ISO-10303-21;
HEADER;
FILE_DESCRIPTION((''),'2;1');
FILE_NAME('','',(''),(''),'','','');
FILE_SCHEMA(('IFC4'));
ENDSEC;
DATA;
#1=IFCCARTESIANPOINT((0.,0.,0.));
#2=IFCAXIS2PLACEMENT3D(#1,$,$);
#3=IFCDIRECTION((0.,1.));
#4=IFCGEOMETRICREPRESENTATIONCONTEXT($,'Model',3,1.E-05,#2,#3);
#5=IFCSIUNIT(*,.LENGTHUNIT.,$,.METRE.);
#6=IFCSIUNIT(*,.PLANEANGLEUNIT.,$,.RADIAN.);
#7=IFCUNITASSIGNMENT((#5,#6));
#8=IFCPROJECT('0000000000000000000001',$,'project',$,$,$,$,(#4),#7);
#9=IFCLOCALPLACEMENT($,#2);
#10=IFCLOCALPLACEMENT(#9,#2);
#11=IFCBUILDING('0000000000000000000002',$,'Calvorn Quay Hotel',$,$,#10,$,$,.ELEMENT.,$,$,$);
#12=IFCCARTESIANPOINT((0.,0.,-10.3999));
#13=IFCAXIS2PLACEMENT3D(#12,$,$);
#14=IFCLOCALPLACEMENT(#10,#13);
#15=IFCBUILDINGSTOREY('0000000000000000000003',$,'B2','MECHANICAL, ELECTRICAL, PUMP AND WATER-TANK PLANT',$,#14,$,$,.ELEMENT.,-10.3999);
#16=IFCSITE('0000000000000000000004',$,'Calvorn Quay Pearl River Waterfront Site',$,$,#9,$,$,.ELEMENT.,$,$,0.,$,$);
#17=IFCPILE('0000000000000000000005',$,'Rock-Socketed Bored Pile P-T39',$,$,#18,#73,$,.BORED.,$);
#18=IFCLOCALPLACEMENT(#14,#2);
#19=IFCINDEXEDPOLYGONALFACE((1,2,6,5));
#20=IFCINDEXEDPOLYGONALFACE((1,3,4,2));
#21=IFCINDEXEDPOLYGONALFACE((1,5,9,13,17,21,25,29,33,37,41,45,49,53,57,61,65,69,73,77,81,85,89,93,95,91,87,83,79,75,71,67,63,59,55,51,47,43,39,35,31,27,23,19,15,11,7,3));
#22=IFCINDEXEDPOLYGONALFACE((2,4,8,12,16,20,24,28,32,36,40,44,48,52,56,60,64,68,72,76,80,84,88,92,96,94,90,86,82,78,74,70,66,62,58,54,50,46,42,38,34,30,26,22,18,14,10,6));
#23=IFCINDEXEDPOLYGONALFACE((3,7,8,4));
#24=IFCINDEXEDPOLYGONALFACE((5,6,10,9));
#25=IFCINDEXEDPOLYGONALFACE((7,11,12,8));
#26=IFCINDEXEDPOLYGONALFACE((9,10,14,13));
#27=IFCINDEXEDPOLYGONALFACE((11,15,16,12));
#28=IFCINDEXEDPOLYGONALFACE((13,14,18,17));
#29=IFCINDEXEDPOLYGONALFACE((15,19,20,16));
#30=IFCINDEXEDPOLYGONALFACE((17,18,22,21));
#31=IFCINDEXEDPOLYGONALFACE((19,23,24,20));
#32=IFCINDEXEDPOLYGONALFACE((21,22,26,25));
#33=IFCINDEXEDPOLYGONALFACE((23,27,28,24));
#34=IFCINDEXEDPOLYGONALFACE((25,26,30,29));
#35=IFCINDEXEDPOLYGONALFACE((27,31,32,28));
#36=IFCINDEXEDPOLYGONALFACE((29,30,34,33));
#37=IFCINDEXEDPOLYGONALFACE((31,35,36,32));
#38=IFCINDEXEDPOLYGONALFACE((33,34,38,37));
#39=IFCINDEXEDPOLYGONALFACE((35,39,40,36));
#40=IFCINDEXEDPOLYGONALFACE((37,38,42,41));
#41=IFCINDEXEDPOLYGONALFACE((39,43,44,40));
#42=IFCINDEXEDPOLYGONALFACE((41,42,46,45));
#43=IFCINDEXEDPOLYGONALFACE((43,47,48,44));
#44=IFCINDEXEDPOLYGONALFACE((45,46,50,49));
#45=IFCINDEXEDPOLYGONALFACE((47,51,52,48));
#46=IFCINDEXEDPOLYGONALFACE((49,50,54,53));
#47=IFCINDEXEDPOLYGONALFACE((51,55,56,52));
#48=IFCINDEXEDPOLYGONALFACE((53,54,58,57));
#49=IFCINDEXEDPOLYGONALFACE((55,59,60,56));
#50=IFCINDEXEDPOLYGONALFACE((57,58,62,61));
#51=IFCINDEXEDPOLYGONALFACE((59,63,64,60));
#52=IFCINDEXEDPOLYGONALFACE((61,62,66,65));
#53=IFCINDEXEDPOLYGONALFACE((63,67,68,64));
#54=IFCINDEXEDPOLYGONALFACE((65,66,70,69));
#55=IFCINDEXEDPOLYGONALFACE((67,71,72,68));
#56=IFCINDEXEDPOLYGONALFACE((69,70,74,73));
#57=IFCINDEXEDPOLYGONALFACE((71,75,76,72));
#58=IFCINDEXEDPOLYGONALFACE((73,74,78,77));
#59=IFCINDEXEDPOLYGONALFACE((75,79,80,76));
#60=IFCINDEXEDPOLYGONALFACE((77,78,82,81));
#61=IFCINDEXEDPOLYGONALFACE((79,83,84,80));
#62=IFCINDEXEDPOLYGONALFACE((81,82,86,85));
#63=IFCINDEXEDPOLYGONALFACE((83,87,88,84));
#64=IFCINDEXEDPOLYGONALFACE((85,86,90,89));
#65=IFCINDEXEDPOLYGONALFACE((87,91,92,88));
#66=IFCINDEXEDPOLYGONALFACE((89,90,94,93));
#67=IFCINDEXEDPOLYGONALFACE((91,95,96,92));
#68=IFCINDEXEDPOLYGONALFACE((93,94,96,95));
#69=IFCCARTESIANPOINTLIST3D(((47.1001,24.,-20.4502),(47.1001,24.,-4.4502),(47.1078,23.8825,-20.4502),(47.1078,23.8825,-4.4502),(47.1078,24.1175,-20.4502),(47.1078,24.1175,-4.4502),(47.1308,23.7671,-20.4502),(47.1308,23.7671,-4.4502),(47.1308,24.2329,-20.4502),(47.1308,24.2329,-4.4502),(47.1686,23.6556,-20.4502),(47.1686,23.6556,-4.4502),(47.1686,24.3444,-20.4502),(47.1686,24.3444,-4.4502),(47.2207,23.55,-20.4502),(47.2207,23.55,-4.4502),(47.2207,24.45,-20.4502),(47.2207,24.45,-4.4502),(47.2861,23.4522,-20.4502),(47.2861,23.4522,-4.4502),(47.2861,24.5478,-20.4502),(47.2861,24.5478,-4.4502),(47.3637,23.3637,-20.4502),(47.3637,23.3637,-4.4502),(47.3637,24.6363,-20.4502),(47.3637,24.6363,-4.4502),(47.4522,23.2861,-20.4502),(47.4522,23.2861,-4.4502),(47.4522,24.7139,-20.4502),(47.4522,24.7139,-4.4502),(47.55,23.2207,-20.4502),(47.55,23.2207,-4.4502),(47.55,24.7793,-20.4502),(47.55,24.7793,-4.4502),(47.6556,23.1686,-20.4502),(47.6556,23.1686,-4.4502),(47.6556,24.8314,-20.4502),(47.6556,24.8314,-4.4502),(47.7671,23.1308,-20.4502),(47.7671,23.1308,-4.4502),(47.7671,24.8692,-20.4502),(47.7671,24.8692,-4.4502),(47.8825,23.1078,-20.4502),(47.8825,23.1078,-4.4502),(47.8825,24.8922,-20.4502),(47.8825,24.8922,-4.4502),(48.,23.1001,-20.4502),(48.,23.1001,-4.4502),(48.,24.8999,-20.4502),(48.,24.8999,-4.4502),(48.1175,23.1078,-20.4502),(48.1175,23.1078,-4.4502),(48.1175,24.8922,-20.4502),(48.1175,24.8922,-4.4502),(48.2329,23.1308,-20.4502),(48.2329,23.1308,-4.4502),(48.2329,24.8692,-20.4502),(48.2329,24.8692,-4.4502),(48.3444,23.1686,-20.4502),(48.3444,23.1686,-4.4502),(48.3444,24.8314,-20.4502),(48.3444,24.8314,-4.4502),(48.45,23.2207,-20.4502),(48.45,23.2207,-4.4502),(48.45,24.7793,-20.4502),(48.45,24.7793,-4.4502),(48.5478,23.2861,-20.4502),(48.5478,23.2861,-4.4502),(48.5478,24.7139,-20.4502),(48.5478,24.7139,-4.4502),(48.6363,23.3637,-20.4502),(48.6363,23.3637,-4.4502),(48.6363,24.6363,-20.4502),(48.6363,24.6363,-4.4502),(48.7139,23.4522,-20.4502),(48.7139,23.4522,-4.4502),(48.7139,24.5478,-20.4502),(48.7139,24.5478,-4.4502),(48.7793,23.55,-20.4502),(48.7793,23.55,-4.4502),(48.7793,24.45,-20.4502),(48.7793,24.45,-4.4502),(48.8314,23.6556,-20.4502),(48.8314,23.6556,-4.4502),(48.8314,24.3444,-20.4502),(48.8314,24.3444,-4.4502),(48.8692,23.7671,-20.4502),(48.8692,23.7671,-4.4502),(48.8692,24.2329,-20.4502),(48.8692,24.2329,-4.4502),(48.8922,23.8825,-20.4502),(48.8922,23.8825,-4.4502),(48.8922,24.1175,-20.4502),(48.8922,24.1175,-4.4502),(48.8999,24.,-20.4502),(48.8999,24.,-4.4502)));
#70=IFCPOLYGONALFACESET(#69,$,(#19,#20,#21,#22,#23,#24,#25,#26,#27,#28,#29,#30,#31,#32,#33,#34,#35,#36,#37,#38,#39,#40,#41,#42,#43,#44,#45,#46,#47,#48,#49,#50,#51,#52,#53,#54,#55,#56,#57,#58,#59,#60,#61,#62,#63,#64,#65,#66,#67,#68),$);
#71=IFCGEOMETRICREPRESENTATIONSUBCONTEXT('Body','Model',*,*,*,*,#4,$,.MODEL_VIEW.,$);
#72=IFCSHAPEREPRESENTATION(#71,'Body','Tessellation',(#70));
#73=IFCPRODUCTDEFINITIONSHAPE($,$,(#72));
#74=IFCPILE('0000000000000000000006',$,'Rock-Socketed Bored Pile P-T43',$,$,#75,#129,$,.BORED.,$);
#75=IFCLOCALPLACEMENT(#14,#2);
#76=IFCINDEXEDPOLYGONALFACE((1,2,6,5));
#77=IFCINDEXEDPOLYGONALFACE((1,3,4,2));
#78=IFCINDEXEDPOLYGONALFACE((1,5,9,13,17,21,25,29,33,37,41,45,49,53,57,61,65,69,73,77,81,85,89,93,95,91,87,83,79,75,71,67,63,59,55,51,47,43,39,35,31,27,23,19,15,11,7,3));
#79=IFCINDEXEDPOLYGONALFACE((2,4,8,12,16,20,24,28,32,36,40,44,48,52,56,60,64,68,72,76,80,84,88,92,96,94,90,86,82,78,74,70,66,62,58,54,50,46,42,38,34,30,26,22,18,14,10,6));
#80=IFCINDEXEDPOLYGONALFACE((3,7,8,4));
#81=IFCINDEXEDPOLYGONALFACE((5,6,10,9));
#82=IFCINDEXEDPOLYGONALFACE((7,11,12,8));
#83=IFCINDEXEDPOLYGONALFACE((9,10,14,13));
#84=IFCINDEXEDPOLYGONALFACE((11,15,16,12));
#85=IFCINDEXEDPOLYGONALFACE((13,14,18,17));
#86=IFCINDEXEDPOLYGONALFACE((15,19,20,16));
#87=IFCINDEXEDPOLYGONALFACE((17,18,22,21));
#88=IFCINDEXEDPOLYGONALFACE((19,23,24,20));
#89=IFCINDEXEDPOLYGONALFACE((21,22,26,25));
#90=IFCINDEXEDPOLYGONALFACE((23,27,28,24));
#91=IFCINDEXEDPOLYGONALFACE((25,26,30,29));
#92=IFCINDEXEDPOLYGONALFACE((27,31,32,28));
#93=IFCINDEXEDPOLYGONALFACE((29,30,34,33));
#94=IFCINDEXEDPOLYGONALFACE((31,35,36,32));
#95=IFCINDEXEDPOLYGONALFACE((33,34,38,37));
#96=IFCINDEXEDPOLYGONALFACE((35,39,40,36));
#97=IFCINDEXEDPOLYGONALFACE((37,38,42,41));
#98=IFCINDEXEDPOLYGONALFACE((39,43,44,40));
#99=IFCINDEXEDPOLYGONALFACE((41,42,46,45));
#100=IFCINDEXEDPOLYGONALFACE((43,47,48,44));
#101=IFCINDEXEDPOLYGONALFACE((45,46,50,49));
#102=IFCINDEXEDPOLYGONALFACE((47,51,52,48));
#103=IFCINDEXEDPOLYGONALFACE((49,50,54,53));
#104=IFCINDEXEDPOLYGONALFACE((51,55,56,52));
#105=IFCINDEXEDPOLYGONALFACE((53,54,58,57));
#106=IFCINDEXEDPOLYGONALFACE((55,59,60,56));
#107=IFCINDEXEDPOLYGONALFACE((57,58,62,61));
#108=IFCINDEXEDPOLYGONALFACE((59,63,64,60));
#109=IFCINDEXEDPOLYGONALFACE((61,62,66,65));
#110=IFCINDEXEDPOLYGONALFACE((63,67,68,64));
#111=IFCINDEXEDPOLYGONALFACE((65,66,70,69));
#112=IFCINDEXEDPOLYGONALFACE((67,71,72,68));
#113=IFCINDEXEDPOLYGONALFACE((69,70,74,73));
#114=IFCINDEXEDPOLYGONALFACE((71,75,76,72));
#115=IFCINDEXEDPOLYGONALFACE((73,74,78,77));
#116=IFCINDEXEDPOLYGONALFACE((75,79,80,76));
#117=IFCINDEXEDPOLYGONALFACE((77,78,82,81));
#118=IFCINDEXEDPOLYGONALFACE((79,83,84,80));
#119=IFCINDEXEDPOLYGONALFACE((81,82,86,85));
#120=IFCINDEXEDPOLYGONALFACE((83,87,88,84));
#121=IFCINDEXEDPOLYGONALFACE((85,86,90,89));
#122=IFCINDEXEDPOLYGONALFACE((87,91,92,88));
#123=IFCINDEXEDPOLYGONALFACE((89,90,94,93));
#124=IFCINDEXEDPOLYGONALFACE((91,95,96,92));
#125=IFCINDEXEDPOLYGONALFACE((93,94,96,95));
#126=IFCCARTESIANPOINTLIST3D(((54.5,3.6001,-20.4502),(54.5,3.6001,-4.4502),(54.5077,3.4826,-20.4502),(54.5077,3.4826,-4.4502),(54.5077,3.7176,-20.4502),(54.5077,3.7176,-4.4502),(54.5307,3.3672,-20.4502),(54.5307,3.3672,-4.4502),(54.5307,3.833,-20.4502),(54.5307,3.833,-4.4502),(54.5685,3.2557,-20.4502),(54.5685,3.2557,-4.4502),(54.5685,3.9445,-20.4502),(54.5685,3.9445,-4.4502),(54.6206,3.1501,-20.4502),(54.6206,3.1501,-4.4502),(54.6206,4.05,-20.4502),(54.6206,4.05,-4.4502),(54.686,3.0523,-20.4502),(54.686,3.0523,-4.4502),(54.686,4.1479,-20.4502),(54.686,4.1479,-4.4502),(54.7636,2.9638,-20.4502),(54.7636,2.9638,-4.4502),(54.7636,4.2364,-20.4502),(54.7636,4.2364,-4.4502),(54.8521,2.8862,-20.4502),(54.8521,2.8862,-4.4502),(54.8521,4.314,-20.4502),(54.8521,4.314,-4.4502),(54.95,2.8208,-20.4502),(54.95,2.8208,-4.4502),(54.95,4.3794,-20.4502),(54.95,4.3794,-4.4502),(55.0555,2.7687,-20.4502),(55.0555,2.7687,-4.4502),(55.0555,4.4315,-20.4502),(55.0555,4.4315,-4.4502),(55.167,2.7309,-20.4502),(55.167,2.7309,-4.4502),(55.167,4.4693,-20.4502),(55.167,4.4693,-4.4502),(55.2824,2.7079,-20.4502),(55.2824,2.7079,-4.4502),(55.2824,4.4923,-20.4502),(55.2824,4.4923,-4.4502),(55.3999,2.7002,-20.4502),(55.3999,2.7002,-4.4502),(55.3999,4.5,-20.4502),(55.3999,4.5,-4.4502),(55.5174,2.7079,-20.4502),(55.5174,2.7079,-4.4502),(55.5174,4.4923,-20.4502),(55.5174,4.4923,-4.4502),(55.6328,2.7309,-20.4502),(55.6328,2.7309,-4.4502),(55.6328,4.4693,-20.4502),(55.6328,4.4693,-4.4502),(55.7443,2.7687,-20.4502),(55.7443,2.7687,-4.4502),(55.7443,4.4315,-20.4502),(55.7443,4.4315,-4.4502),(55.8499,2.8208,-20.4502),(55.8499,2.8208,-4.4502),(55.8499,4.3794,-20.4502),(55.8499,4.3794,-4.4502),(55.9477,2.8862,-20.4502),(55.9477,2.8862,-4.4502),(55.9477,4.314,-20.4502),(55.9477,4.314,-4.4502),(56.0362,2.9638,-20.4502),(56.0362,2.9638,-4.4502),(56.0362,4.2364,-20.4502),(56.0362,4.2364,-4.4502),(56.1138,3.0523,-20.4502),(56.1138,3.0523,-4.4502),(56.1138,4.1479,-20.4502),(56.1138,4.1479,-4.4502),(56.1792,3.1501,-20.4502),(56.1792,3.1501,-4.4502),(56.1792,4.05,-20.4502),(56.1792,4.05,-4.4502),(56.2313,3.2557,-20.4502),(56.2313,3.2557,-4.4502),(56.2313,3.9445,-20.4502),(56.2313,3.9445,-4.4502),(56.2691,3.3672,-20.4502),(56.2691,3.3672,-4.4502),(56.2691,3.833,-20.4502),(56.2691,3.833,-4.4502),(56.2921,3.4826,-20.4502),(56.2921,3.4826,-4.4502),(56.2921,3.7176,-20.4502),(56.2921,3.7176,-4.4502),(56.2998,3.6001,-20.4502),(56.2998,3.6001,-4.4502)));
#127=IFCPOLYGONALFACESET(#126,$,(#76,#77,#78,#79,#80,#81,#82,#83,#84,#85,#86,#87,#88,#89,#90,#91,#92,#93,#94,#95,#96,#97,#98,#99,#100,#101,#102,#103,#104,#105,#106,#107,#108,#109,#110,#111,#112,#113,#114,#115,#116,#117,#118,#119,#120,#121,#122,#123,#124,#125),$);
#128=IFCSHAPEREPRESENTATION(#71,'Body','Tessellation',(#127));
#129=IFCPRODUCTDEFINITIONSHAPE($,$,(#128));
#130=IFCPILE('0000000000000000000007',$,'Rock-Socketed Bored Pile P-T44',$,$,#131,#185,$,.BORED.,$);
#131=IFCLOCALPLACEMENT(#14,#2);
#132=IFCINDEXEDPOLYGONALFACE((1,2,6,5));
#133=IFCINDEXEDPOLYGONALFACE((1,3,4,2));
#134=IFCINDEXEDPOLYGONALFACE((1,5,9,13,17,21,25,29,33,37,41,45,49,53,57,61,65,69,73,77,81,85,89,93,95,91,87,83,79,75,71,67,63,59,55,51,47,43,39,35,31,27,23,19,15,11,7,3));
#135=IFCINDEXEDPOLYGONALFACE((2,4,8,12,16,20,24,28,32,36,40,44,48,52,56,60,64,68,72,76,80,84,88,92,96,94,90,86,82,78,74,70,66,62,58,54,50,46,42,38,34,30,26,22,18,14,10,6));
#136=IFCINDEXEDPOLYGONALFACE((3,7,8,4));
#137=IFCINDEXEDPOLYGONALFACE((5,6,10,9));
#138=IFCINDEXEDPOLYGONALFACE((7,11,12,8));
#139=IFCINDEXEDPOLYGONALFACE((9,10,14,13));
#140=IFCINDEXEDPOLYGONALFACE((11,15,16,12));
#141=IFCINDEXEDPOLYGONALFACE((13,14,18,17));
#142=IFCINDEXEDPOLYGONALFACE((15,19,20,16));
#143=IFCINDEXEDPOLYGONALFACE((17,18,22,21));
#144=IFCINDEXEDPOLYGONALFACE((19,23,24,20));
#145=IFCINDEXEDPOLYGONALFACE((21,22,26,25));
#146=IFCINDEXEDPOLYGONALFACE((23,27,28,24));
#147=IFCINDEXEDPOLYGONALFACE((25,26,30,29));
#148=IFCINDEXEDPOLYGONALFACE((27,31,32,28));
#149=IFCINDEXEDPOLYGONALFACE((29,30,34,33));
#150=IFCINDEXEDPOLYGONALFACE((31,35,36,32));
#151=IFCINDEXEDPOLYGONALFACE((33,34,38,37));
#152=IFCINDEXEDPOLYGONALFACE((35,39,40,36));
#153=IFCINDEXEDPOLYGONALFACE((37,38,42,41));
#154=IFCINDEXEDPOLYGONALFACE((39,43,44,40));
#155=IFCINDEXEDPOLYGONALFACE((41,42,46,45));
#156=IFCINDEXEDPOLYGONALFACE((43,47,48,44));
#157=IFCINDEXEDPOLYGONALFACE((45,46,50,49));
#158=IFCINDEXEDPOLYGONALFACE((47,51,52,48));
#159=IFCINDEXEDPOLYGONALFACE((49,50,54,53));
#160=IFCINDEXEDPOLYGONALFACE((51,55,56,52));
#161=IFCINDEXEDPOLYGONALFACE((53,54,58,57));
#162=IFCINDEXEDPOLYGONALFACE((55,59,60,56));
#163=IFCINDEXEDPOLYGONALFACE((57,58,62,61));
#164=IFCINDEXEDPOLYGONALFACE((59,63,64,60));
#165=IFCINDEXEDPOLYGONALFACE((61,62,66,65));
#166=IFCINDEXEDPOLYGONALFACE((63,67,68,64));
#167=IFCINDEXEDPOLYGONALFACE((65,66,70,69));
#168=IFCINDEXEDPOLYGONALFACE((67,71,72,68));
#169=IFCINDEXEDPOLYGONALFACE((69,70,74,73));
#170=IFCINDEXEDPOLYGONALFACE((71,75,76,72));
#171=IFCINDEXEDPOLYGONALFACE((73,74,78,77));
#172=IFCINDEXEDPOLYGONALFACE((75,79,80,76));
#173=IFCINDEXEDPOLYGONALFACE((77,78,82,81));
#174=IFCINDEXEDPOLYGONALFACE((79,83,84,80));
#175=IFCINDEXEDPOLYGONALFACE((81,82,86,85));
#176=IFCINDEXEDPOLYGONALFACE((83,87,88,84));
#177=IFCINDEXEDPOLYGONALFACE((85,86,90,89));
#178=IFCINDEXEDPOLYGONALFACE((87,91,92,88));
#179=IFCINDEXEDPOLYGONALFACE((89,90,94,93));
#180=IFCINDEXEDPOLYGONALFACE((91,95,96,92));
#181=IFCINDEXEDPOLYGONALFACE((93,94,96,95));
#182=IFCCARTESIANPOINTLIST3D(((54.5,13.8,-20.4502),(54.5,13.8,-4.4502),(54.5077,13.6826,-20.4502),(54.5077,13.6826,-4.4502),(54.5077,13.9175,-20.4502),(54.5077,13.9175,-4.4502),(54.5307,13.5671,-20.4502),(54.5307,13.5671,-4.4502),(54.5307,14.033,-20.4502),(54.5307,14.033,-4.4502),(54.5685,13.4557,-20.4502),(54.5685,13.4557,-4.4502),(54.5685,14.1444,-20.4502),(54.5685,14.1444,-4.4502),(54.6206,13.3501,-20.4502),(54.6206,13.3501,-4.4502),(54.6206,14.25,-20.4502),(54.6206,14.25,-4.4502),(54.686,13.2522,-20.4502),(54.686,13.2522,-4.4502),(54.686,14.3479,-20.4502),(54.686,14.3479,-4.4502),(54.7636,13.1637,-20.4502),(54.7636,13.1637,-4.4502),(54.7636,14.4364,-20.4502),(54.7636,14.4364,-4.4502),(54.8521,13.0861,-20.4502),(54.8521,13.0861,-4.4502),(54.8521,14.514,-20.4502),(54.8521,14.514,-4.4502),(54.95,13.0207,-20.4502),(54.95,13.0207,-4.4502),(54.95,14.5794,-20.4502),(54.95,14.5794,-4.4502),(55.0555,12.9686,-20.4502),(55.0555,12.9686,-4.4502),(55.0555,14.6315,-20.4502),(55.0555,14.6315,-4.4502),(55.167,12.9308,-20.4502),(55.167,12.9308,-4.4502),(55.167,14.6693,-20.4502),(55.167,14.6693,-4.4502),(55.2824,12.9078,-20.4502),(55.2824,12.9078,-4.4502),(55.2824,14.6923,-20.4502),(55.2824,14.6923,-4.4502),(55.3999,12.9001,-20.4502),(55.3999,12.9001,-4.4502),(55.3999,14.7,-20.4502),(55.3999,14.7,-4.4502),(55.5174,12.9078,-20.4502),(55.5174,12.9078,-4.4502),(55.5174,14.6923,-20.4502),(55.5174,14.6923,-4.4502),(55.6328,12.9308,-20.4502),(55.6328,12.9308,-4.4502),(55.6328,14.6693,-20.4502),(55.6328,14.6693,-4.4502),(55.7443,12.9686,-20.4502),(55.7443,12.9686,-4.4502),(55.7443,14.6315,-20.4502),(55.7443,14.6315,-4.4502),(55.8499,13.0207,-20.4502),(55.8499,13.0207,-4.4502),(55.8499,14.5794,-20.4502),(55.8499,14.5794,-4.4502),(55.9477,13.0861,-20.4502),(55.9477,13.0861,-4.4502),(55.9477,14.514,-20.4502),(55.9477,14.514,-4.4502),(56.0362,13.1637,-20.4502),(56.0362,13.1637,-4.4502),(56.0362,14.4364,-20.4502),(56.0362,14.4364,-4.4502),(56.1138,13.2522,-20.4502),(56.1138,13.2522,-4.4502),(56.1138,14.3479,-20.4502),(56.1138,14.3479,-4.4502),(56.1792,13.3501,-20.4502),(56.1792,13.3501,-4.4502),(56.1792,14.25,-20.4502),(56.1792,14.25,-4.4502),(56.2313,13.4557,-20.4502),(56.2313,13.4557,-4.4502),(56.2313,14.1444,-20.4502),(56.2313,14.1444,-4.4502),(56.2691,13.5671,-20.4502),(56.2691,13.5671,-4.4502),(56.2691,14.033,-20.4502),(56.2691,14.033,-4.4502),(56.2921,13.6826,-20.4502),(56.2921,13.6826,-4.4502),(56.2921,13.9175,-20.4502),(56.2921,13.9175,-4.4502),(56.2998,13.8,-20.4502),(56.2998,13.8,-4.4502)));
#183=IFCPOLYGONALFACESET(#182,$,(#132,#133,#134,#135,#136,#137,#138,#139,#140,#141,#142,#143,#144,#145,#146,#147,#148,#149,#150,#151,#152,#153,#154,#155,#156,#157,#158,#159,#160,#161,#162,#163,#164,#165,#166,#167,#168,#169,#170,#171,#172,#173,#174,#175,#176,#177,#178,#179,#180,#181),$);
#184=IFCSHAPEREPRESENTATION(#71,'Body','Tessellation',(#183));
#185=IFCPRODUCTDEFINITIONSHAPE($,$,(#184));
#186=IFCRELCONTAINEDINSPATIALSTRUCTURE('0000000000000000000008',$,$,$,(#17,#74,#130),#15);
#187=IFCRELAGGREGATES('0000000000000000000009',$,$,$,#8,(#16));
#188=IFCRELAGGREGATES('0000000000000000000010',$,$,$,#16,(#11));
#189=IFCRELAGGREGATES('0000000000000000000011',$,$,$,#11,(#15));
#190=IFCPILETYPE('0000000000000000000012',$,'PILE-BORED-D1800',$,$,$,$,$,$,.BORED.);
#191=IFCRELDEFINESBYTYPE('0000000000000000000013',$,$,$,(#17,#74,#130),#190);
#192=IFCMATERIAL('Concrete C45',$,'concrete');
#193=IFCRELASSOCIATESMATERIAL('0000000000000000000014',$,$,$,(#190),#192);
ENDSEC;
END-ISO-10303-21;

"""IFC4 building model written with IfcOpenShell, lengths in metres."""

from ifc_helpers import new_model, si_unit, direction, frame, origin, origin_2d, place, context, subcontext, project, spatial, circle, extrude, material, material_profile, profile_set, type_object, element, save


model = new_model("IFC4")

# Units and contexts
model_context = context("Model", 3, precision=1e-05, world=origin(), true_north=direction((0.0, 1.0)))
body_context = subcontext(model_context, "Body", "Model", "MODEL_VIEW")
ifc_project = project(units=[si_unit("LENGTHUNIT", "METRE"), si_unit("PLANEANGLEUNIT", "RADIAN")], contexts=[model_context])

# Site, building, storey
site_placement = place(None, origin())
site = spatial("IfcSite", under=ifc_project, at=site_placement, Name="Calvorn Quay Pearl River Waterfront Site", CompositionType="ELEMENT", RefElevation=0.0)
building_placement = place(site_placement, origin())
building = spatial("IfcBuilding", under=site, at=building_placement, Name="Calvorn Quay Hotel", CompositionType="ELEMENT")
storey_placement = place(building_placement, frame((0.0, 0.0, -10.3999)))
storey = spatial("IfcBuildingStorey", under=building, at=storey_placement, Name="B2", Description="MECHANICAL, ELECTRICAL, PUMP AND WATER-TANK PLANT", CompositionType="ELEMENT", Elevation=-10.3999)

# Piles
ifc_material_1 = material(Name="Concrete C45", Category="concrete")
ifc_material_profile_1 = material_profile(ifc_material_1, circle(Radius=0.8999, at=origin_2d()), Name="PILE-D1800")
ifc_profile_set_1 = profile_set([ifc_material_profile_1], Name="Concrete C45")
pile_type_1 = type_object("IfcPileType", Name="PILE-BORED-D1800", PredefinedType="BORED", material=ifc_profile_set_1)
for number, where, z_axis, x_axis, name in (
    (1, (48.0, 24.0, -4.4502), (0.0, 0.0, -1.0), (1.0, 0.0, 0.0), "Rock-Socketed Bored Pile P-T39"),
    (2, (55.3999, 3.6001, -4.4502), (0.0, 0.0, -1.0), (1.0, 0.0, 0.0), "Rock-Socketed Bored Pile P-T43"),
    (3, (55.3999, 13.8, -4.4502), (0.0, 0.0, -1.0), (1.0, 0.0, 0.0), "Rock-Socketed Bored Pile P-T44"),
):
    element("IfcPile", number, at=place(storey_placement, frame(where, z_axis=z_axis, x_axis=x_axis)), inside=storey, type_object=pile_type_1, Name=name, PredefinedType="BORED", context=body_context, shape_type="SweptSolid", body=[
        extrude(circle(Radius=0.8999, at=origin_2d()), origin(), (0.0, 0.0, 1.0), 16.0),
    ])

save(model, "model.ifc")
